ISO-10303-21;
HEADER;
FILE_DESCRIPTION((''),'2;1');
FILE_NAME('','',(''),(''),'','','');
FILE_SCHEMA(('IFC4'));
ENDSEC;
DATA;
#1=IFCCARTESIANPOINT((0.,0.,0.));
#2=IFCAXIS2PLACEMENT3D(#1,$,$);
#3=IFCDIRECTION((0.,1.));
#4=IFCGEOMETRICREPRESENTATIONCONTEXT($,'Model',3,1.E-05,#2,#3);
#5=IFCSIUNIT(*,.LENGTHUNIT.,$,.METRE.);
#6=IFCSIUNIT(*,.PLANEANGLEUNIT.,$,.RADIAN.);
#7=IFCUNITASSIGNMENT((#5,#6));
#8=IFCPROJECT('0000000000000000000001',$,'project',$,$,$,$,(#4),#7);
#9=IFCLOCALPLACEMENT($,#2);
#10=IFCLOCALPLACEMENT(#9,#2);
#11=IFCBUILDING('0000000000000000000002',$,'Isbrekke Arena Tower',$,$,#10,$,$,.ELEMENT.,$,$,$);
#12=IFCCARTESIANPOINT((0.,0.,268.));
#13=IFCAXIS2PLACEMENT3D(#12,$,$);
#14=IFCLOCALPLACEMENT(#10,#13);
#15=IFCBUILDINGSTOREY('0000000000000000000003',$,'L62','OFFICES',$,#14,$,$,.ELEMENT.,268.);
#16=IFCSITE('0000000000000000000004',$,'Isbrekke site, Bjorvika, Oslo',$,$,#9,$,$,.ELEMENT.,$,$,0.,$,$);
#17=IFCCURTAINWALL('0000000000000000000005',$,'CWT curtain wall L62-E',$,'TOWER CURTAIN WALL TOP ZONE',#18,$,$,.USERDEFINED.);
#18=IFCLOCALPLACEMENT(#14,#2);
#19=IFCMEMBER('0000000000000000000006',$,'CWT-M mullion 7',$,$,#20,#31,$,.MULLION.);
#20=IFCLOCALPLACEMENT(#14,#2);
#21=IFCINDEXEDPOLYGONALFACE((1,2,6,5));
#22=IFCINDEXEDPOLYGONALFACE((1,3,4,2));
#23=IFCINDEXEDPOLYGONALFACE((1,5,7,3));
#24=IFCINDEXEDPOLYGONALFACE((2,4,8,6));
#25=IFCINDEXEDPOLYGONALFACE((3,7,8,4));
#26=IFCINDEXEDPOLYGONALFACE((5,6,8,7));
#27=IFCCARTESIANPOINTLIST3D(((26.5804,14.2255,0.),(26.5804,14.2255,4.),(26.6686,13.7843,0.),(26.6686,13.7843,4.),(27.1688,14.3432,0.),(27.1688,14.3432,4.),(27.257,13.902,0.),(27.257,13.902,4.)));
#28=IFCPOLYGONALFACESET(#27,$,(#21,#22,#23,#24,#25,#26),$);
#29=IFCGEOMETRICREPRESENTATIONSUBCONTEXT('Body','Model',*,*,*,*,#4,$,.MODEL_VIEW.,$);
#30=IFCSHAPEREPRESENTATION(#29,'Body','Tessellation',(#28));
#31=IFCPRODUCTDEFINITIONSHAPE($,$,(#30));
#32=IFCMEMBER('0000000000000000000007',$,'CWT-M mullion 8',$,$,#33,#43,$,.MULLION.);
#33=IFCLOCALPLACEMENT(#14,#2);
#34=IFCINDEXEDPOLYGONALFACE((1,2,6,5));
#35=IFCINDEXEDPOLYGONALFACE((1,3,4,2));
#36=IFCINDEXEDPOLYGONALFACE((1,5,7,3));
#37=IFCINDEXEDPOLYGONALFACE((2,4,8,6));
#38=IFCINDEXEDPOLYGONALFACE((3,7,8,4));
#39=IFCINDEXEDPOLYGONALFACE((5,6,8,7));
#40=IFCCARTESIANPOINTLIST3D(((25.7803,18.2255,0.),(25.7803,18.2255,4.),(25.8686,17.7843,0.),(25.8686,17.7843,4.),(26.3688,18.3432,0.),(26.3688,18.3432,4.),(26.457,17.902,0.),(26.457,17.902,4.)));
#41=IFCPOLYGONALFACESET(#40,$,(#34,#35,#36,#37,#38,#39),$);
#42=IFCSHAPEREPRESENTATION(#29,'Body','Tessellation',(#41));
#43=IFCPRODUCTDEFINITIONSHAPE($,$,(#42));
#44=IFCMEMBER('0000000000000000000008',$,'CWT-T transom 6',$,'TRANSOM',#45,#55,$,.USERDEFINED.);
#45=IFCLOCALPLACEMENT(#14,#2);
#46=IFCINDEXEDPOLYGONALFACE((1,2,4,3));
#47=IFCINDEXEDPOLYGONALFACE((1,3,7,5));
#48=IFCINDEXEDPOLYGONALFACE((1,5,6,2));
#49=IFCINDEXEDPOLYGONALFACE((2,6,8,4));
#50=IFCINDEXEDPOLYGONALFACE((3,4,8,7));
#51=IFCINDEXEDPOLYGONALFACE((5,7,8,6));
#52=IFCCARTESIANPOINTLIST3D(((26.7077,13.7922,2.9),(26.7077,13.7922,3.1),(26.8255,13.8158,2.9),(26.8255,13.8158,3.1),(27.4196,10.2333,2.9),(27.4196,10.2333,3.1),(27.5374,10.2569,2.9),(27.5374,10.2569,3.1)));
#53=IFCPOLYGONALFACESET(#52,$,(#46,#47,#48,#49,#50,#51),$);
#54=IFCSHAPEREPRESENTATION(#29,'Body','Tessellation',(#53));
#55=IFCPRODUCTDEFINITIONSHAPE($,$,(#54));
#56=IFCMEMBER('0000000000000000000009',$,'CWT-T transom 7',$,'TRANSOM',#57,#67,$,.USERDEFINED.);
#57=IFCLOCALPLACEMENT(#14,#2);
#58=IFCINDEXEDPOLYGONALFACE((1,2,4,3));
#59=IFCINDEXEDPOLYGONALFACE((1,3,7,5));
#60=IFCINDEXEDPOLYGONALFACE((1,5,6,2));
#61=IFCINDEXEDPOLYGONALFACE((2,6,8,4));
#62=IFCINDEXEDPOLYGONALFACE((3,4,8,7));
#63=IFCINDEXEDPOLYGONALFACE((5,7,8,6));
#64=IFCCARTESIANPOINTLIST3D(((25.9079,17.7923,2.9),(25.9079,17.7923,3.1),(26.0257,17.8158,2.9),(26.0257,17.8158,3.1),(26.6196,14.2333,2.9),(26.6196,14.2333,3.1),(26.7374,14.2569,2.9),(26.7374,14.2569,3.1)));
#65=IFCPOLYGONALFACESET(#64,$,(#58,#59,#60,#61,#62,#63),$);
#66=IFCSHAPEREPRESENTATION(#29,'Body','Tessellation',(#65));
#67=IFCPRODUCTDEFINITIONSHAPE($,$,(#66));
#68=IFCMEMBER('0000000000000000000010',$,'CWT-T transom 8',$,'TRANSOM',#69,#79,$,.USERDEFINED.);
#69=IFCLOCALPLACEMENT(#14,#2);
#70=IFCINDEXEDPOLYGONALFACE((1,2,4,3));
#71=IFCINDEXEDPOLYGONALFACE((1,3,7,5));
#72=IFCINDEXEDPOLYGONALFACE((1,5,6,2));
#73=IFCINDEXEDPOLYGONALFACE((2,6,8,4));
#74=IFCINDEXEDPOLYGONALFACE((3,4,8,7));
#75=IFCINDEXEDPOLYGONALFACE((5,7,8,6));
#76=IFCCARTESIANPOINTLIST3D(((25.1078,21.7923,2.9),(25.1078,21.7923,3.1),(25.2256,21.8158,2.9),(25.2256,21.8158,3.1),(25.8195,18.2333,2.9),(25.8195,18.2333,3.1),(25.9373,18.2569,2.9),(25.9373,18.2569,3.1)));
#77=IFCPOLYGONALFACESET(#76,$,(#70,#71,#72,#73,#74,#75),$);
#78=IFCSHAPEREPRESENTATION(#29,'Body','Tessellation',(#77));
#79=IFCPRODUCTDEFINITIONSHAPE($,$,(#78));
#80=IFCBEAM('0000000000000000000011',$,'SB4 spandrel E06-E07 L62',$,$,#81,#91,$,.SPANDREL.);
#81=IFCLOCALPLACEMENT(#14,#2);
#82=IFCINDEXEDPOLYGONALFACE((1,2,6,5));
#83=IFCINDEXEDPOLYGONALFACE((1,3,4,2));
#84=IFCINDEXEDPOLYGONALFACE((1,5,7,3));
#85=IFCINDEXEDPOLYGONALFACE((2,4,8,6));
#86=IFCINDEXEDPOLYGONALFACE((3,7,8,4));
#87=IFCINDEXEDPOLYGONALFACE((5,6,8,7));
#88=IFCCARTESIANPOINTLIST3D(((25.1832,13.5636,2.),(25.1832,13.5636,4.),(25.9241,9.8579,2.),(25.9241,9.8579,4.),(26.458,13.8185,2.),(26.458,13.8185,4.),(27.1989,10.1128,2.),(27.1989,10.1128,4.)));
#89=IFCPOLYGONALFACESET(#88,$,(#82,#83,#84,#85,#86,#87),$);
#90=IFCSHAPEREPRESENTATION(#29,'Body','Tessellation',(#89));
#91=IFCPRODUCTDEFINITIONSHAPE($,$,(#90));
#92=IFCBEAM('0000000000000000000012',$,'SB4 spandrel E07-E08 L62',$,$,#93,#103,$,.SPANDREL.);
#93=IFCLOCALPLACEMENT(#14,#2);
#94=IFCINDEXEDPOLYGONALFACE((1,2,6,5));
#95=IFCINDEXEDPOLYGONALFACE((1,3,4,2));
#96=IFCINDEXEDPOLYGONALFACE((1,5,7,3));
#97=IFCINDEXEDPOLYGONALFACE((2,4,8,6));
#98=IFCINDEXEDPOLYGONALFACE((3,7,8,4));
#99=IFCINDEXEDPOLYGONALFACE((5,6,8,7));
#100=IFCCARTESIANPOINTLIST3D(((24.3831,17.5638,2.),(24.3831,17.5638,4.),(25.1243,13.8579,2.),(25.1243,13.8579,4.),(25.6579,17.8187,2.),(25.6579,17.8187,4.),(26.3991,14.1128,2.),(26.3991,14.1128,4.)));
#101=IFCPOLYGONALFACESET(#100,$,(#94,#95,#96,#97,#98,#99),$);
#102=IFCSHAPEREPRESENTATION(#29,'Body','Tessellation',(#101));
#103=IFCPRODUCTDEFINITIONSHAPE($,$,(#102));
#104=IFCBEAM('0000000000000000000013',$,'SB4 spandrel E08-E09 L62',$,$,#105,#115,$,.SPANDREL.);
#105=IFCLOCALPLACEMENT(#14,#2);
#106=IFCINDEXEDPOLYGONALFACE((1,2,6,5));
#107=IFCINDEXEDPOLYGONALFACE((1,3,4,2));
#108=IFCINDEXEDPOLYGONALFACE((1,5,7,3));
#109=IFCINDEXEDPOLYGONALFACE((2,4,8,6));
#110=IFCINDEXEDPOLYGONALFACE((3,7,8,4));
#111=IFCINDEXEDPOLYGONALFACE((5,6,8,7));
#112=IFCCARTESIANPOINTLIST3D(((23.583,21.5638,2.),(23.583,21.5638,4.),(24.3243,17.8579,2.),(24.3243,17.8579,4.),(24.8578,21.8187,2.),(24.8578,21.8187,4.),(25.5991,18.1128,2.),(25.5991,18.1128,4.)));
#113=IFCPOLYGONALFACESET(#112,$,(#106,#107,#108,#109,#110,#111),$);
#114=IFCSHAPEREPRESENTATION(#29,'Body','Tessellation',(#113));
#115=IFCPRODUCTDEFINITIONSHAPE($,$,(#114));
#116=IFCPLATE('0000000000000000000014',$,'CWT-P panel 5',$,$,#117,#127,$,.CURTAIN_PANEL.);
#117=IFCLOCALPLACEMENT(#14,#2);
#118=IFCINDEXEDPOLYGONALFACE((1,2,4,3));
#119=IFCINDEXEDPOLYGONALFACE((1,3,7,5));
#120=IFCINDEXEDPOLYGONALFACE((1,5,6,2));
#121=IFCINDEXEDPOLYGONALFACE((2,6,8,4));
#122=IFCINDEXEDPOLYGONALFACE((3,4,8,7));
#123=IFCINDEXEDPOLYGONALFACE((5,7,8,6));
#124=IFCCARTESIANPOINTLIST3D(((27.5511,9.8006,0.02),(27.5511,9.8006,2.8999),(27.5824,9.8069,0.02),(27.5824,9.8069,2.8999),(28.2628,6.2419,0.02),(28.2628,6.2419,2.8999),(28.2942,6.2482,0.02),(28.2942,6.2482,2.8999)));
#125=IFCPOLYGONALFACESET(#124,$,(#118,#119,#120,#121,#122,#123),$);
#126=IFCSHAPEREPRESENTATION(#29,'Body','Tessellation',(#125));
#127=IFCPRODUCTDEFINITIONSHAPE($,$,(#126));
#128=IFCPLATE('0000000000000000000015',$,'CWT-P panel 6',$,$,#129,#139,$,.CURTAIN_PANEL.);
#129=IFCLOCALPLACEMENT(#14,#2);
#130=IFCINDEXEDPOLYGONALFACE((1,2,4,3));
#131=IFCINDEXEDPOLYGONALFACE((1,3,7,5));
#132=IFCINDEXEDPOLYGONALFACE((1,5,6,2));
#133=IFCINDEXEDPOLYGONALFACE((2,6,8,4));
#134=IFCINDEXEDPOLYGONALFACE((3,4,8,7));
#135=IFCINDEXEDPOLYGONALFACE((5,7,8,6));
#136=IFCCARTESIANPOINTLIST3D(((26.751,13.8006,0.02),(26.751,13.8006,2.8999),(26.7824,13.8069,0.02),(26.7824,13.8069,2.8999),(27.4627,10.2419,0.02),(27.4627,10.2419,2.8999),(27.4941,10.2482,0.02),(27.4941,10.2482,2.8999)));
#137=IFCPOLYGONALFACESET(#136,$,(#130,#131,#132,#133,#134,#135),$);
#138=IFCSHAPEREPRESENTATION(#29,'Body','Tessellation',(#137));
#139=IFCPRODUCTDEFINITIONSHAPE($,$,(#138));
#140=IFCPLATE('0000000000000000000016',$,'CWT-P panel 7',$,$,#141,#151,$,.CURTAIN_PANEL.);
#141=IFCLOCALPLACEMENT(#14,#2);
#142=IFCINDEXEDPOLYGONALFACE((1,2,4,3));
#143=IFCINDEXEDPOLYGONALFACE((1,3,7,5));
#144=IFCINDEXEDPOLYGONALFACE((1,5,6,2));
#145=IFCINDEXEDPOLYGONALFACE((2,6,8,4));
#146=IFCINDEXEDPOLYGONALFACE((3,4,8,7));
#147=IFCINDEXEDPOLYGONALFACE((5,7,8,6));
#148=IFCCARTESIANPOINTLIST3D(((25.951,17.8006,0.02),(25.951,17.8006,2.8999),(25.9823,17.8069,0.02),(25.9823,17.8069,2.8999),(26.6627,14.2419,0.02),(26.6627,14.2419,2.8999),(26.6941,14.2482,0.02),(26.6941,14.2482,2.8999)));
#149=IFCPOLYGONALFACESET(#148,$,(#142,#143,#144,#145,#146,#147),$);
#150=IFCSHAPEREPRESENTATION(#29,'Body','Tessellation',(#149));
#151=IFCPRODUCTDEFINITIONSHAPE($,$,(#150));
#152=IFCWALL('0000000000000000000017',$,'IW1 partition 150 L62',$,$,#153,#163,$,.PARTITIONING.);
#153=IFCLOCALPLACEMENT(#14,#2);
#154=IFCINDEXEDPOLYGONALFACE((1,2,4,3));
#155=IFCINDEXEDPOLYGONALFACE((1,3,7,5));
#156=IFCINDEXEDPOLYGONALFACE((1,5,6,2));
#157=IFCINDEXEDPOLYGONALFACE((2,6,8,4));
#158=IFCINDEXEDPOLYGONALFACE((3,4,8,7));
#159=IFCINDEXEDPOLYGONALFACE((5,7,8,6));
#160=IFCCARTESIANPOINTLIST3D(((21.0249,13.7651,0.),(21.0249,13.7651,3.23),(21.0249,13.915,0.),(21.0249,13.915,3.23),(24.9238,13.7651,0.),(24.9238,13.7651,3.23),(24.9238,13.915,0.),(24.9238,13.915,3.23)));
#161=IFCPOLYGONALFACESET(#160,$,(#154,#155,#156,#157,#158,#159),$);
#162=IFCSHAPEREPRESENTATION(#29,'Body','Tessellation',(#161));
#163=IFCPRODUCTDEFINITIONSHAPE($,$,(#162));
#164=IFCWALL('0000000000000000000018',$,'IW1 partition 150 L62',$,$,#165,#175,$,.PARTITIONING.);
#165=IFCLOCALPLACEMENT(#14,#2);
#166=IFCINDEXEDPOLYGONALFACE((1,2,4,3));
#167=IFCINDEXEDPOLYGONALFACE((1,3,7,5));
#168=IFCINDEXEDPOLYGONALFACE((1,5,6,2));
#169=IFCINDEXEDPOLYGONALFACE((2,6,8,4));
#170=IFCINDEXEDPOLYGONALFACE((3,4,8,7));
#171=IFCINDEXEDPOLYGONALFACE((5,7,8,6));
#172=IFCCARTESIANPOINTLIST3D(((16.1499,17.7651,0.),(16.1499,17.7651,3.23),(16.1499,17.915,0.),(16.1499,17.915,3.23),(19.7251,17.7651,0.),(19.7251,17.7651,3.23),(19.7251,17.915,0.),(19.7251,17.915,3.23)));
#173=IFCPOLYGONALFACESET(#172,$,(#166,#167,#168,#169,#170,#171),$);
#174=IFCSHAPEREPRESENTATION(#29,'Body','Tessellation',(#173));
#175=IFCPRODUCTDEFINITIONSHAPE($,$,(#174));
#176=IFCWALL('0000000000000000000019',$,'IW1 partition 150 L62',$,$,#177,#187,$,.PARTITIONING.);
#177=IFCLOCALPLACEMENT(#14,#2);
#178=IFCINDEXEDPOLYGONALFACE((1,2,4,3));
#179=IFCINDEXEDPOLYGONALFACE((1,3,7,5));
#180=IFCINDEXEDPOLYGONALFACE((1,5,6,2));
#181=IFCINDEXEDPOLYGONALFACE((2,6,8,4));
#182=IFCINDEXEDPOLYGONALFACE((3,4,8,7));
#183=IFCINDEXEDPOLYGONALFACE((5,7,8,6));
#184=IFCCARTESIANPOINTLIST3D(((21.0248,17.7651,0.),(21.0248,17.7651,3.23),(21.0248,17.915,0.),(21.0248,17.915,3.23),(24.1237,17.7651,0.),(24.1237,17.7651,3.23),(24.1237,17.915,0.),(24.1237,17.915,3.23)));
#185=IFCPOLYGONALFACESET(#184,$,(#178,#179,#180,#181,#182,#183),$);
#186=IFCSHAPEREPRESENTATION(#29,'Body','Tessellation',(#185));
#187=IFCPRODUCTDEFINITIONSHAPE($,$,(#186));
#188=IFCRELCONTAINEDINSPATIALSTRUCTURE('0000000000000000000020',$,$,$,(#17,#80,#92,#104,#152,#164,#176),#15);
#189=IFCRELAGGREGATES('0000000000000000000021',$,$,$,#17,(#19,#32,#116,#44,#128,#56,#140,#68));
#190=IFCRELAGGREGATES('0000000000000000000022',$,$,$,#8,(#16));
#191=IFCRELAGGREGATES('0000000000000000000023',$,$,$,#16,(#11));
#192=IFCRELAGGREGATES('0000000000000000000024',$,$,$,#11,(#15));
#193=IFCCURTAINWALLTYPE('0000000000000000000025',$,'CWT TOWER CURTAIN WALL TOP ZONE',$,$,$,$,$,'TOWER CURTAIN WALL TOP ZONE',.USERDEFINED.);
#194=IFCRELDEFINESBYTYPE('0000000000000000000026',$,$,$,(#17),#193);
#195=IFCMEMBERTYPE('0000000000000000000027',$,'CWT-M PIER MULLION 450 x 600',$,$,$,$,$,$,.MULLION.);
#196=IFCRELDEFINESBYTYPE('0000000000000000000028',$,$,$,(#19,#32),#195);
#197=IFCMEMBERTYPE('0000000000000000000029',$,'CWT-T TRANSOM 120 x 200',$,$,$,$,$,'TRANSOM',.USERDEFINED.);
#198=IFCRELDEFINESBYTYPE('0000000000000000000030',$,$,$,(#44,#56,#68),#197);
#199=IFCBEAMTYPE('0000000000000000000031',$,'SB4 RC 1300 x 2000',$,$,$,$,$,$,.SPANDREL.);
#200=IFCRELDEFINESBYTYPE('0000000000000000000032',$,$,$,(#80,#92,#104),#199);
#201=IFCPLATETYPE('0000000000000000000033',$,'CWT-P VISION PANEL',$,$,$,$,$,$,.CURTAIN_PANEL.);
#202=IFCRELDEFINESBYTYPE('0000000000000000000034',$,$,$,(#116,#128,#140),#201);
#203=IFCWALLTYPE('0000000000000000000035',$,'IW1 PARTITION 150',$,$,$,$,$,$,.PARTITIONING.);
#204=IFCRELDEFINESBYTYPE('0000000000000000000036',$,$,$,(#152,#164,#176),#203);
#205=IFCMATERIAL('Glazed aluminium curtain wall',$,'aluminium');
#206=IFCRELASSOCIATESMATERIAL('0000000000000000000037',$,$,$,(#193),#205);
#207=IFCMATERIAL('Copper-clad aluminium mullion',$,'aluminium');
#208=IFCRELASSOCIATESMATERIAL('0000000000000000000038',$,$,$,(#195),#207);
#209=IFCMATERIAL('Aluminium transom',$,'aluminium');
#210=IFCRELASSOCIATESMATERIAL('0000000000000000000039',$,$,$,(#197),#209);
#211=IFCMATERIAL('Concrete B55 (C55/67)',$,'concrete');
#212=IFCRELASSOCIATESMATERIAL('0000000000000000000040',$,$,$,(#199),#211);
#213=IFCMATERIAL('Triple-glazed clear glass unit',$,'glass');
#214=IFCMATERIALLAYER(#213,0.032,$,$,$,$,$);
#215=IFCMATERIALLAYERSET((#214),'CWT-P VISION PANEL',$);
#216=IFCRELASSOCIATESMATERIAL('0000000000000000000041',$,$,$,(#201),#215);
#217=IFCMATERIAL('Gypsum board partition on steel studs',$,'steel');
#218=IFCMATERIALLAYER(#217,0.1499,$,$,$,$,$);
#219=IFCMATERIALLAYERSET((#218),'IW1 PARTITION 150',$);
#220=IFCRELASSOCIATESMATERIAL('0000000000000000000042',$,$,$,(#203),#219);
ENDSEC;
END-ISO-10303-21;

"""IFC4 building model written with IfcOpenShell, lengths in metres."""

from ifc_helpers import new_model, si_unit, direction, frame, frame_2d, origin, origin_2d, place, context, subcontext, project, spatial, rectangle, extrude, material, layer, layer_set, material_profile, profile_set, type_object, element, aggregate, save


model = new_model("IFC4")

# Units and contexts
model_context = context("Model", 3, precision=1e-05, world=origin(), true_north=direction((0.0, 1.0)))
body_context = subcontext(model_context, "Body", "Model", "MODEL_VIEW")
ifc_project = project(units=[si_unit("LENGTHUNIT", "METRE"), si_unit("PLANEANGLEUNIT", "RADIAN")], contexts=[model_context])

# Site, building, storey
site_placement = place(None, origin())
site = spatial("IfcSite", under=ifc_project, at=site_placement, Name="Isbrekke site, Bjorvika, Oslo", CompositionType="ELEMENT", RefElevation=0.0)
building_placement = place(site_placement, origin())
building = spatial("IfcBuilding", under=site, at=building_placement, Name="Isbrekke Arena Tower", CompositionType="ELEMENT")
storey_placement = place(building_placement, frame((0.0, 0.0, 268.0)))
storey = spatial("IfcBuildingStorey", under=building, at=storey_placement, Name="L62", Description="OFFICES", CompositionType="ELEMENT", Elevation=268.0)

# Curtain wall, members
ifc_material_1 = material(Name="Glazed aluminium curtain wall", Category="aluminium")
curtain_wall_type = type_object("IfcCurtainWallType", Name="CWT TOWER CURTAIN WALL TOP ZONE", ElementType="TOWER CURTAIN WALL TOP ZONE", PredefinedType="USERDEFINED", material=ifc_material_1)
curtain_wall_placement = place(storey_placement, origin())
curtain_wall = element("IfcCurtainWall", 1, at=curtain_wall_placement, inside=storey, type_object=curtain_wall_type, Name="CWT curtain wall L62-E", ObjectType="TOWER CURTAIN WALL TOP ZONE", PredefinedType="USERDEFINED")
ifc_material_2 = material(Name="Copper-clad aluminium mullion", Category="aluminium")
ifc_material_profile_1 = material_profile(ifc_material_2, rectangle(XDim=0.45, YDim=0.6001, at=origin_2d()), Name="PIER 450X600")
ifc_profile_set_1 = profile_set([ifc_material_profile_1], Name="Copper-clad aluminium mullion")
member_type_1 = type_object("IfcMemberType", Name="CWT-M PIER MULLION 450 x 600", PredefinedType="MULLION", material=ifc_profile_set_1)
member_1_placement = place(storey_placement, frame((26.9187, 14.0637, 0.0), z_axis=(0.0, 0.0, 1.0), x_axis=(-0.196116, 0.980581, 0.0)))
member_1 = element("IfcMember", 2, at=member_1_placement, type_object=member_type_1, Name="CWT-M mullion 7", PredefinedType="MULLION", context=body_context, shape_type="SweptSolid", body=[
    extrude(rectangle(XDim=0.45, YDim=0.6001, at=origin_2d()), origin(), (0.0, 0.0, 1.0), 4.0),
])
member_2_placement = place(storey_placement, frame((26.1187, 18.0637, 0.0), z_axis=(0.0, 0.0, 1.0), x_axis=(-0.196116, 0.980581, 0.0)))
member_2 = element("IfcMember", 3, at=member_2_placement, type_object=member_type_1, Name="CWT-M mullion 8", PredefinedType="MULLION", context=body_context, shape_type="SweptSolid", body=[
    extrude(rectangle(XDim=0.45, YDim=0.6001, at=origin_2d()), origin(), (0.0, 0.0, 1.0), 4.0),
])
ifc_material_3 = material(Name="Aluminium transom", Category="aluminium")
ifc_material_profile_2 = material_profile(ifc_material_3, rectangle(XDim=0.1201, YDim=0.2, at=origin_2d()), Name="TRANSOM 120X200")
ifc_profile_set_2 = profile_set([ifc_material_profile_2], Name="Aluminium transom")
member_type_2 = type_object("IfcMemberType", Name="CWT-T TRANSOM 120 x 200", ElementType="TRANSOM", PredefinedType="USERDEFINED", material=ifc_profile_set_2)
member_3_placement = place(storey_placement, frame((27.4785, 10.2451, 3.0), z_axis=(-0.196155, 0.980573, 0.0), x_axis=(-0.980573, -0.196155, 0.0)))
member_3 = element("IfcMember", 4, at=member_3_placement, type_object=member_type_2, Name="CWT-T transom 6", ObjectType="TRANSOM", PredefinedType="USERDEFINED", context=body_context, shape_type="SweptSolid", body=[
    extrude(rectangle(XDim=0.1201, YDim=0.2, at=origin_2d()), origin(), (0.0, 0.0, 1.0), 3.6294),
])
member_4_placement = place(storey_placement, frame((26.6785, 14.2451, 3.0), z_axis=(-0.19609, 0.980586, 0.0), x_axis=(-0.980586, -0.19609, 0.0)))
member_4 = element("IfcMember", 5, at=member_4_placement, type_object=member_type_2, Name="CWT-T transom 7", ObjectType="TRANSOM", PredefinedType="USERDEFINED", context=body_context, shape_type="SweptSolid", body=[
    extrude(rectangle(XDim=0.1201, YDim=0.2, at=origin_2d()), origin(), (0.0, 0.0, 1.0), 3.6294),
])
member_5_placement = place(storey_placement, frame((25.8784, 18.2451, 3.0), z_axis=(-0.19609, 0.980586, 0.0), x_axis=(-0.980586, -0.19609, 0.0)))
member_5 = element("IfcMember", 6, at=member_5_placement, type_object=member_type_2, Name="CWT-T transom 8", ObjectType="TRANSOM", PredefinedType="USERDEFINED", context=body_context, shape_type="SweptSolid", body=[
    extrude(rectangle(XDim=0.1201, YDim=0.2, at=origin_2d()), origin(), (0.0, 0.0, 1.0), 3.6294),
])

# Beams
ifc_material_4 = material(Name="Concrete B55 (C55/67)", Category="concrete")
ifc_material_profile_3 = material_profile(ifc_material_4, rectangle(XDim=1.3, YDim=2.0, at=origin_2d()), Name="RC 1300x2000")
ifc_profile_set_3 = profile_set([ifc_material_profile_3], Name="Concrete B55 (C55/67)")
beam_type_1 = type_object("IfcBeamType", Name="SB4 RC 1300 x 2000", PredefinedType="SPANDREL", material=ifc_profile_set_3)
beam_1_placement = place(storey_placement, frame((26.5615, 9.9854, 3.0), z_axis=(-0.196066, 0.980591, 0.0), x_axis=(-0.980591, -0.196066, 0.0)))
element("IfcBeam", 7, at=beam_1_placement, inside=storey, type_object=beam_type_1, Name="SB4 spandrel E06-E07 L62", PredefinedType="SPANDREL", context=body_context, shape_type="SweptSolid", body=[
    extrude(rectangle(XDim=1.3, YDim=2.0, at=origin_2d()), origin(), (0.0, 0.0, 1.0), 3.7791),
])
for number, where, z_axis, x_axis, name in (
    (8, (25.7617, 13.9854, 3.0), (-0.196129, 0.980578, 0.0), (-0.980578, -0.196129, 0.0), "SB4 spandrel E07-E08 L62"),
    (9, (24.9617, 17.9854, 3.0), (-0.196129, 0.980578, 0.0), (-0.980578, -0.196129, 0.0), "SB4 spandrel E08-E09 L62"),
):
    element("IfcBeam", number, at=place(storey_placement, frame(where, z_axis=z_axis, x_axis=x_axis)), inside=storey, type_object=beam_type_1, Name=name, PredefinedType="SPANDREL", context=body_context, shape_type="SweptSolid", body=[
        extrude(rectangle(XDim=1.3, YDim=2.0, at=origin_2d()), origin(), (0.0, 0.0, 1.0), 3.7793),
    ])

# Plates
ifc_material_5 = material(Name="Triple-glazed clear glass unit", Category="glass")
ifc_layer_1 = layer(ifc_material_5, 0.032)
ifc_layer_set_1 = layer_set([ifc_layer_1], Name="CWT-P VISION PANEL")
plate_type = type_object("IfcPlateType", Name="CWT-P VISION PANEL", PredefinedType="CURTAIN_PANEL", material=ifc_layer_set_1)
plate_1_placement = place(storey_placement, frame((27.9226, 8.0244, 0.02), z_axis=(0.0, 0.0, 1.0), x_axis=(-0.196116, 0.980581, 0.0)))
plate_1 = element("IfcPlate", 10, at=plate_1_placement, type_object=plate_type, Name="CWT-P panel 5", PredefinedType="CURTAIN_PANEL", context=body_context, shape_type="SweptSolid", body=[
    extrude(rectangle(XDim=3.6292, YDim=0.032, at=origin_2d()), origin(), (0.0, 0.0, 1.0), 2.8799),
])
plate_2_placement = place(storey_placement, frame((27.1226, 12.0244, 0.02), z_axis=(0.0, 0.0, 1.0), x_axis=(-0.196116, 0.980581, 0.0)))
plate_2 = element("IfcPlate", 11, at=plate_2_placement, type_object=plate_type, Name="CWT-P panel 6", PredefinedType="CURTAIN_PANEL", context=body_context, shape_type="SweptSolid", body=[
    extrude(rectangle(XDim=3.6292, YDim=0.032, at=origin_2d()), origin(), (0.0, 0.0, 1.0), 2.8799),
])
plate_3_placement = place(storey_placement, frame((26.3225, 16.0244, 0.02), z_axis=(0.0, 0.0, 1.0), x_axis=(-0.196116, 0.980581, 0.0)))
plate_3 = element("IfcPlate", 12, at=plate_3_placement, type_object=plate_type, Name="CWT-P panel 7", PredefinedType="CURTAIN_PANEL", context=body_context, shape_type="SweptSolid", body=[
    extrude(rectangle(XDim=3.6292, YDim=0.032, at=origin_2d()), origin(), (0.0, 0.0, 1.0), 2.8799),
])
aggregate(curtain_wall, [member_1, member_2, plate_1, member_3, plate_2, member_4, plate_3, member_5])

# Walls
ifc_material_6 = material(Name="Gypsum board partition on steel studs", Category="steel")
ifc_layer_2 = layer(ifc_material_6, 0.1499)
ifc_layer_set_2 = layer_set([ifc_layer_2], Name="IW1 PARTITION 150")
wall_type_1 = type_object("IfcWallType", Name="IW1 PARTITION 150", PredefinedType="PARTITIONING", material=ifc_layer_set_2)
wall_1_placement = place(storey_placement, frame((21.0249, 13.8401, 0.0), z_axis=(0.0, 0.0, 1.0), x_axis=(1.0, 0.0, 0.0)))
element("IfcWall", 13, at=wall_1_placement, inside=storey, type_object=wall_type_1, Name="IW1 partition 150 L62", PredefinedType="PARTITIONING", context=body_context, shape_type="SweptSolid", body=[
    extrude(rectangle(XDim=3.8989, YDim=0.1499, at=frame_2d((1.9495, 0.0))), origin(), (0.0, 0.0, 1.0), 3.23),
])
wall_2_placement = place(storey_placement, frame((16.1499, 17.8401, 0.0), z_axis=(0.0, 0.0, 1.0), x_axis=(1.0, 0.0, 0.0)))
element("IfcWall", 14, at=wall_2_placement, inside=storey, type_object=wall_type_1, Name="IW1 partition 150 L62", PredefinedType="PARTITIONING", context=body_context, shape_type="SweptSolid", body=[
    extrude(rectangle(XDim=3.5752, YDim=0.1499, at=frame_2d((1.7876, 0.0))), origin(), (0.0, 0.0, 1.0), 3.23),
])
wall_3_placement = place(storey_placement, frame((21.0249, 17.8401, 0.0), z_axis=(0.0, 0.0, 1.0), x_axis=(1.0, 0.0, 0.0)))
element("IfcWall", 15, at=wall_3_placement, inside=storey, type_object=wall_type_1, Name="IW1 partition 150 L62", PredefinedType="PARTITIONING", context=body_context, shape_type="SweptSolid", body=[
    extrude(rectangle(XDim=3.0989, YDim=0.1499, at=frame_2d((1.5493, 0.0))), origin(), (0.0, 0.0, 1.0), 3.23),
])

save(model, "model.ifc")
